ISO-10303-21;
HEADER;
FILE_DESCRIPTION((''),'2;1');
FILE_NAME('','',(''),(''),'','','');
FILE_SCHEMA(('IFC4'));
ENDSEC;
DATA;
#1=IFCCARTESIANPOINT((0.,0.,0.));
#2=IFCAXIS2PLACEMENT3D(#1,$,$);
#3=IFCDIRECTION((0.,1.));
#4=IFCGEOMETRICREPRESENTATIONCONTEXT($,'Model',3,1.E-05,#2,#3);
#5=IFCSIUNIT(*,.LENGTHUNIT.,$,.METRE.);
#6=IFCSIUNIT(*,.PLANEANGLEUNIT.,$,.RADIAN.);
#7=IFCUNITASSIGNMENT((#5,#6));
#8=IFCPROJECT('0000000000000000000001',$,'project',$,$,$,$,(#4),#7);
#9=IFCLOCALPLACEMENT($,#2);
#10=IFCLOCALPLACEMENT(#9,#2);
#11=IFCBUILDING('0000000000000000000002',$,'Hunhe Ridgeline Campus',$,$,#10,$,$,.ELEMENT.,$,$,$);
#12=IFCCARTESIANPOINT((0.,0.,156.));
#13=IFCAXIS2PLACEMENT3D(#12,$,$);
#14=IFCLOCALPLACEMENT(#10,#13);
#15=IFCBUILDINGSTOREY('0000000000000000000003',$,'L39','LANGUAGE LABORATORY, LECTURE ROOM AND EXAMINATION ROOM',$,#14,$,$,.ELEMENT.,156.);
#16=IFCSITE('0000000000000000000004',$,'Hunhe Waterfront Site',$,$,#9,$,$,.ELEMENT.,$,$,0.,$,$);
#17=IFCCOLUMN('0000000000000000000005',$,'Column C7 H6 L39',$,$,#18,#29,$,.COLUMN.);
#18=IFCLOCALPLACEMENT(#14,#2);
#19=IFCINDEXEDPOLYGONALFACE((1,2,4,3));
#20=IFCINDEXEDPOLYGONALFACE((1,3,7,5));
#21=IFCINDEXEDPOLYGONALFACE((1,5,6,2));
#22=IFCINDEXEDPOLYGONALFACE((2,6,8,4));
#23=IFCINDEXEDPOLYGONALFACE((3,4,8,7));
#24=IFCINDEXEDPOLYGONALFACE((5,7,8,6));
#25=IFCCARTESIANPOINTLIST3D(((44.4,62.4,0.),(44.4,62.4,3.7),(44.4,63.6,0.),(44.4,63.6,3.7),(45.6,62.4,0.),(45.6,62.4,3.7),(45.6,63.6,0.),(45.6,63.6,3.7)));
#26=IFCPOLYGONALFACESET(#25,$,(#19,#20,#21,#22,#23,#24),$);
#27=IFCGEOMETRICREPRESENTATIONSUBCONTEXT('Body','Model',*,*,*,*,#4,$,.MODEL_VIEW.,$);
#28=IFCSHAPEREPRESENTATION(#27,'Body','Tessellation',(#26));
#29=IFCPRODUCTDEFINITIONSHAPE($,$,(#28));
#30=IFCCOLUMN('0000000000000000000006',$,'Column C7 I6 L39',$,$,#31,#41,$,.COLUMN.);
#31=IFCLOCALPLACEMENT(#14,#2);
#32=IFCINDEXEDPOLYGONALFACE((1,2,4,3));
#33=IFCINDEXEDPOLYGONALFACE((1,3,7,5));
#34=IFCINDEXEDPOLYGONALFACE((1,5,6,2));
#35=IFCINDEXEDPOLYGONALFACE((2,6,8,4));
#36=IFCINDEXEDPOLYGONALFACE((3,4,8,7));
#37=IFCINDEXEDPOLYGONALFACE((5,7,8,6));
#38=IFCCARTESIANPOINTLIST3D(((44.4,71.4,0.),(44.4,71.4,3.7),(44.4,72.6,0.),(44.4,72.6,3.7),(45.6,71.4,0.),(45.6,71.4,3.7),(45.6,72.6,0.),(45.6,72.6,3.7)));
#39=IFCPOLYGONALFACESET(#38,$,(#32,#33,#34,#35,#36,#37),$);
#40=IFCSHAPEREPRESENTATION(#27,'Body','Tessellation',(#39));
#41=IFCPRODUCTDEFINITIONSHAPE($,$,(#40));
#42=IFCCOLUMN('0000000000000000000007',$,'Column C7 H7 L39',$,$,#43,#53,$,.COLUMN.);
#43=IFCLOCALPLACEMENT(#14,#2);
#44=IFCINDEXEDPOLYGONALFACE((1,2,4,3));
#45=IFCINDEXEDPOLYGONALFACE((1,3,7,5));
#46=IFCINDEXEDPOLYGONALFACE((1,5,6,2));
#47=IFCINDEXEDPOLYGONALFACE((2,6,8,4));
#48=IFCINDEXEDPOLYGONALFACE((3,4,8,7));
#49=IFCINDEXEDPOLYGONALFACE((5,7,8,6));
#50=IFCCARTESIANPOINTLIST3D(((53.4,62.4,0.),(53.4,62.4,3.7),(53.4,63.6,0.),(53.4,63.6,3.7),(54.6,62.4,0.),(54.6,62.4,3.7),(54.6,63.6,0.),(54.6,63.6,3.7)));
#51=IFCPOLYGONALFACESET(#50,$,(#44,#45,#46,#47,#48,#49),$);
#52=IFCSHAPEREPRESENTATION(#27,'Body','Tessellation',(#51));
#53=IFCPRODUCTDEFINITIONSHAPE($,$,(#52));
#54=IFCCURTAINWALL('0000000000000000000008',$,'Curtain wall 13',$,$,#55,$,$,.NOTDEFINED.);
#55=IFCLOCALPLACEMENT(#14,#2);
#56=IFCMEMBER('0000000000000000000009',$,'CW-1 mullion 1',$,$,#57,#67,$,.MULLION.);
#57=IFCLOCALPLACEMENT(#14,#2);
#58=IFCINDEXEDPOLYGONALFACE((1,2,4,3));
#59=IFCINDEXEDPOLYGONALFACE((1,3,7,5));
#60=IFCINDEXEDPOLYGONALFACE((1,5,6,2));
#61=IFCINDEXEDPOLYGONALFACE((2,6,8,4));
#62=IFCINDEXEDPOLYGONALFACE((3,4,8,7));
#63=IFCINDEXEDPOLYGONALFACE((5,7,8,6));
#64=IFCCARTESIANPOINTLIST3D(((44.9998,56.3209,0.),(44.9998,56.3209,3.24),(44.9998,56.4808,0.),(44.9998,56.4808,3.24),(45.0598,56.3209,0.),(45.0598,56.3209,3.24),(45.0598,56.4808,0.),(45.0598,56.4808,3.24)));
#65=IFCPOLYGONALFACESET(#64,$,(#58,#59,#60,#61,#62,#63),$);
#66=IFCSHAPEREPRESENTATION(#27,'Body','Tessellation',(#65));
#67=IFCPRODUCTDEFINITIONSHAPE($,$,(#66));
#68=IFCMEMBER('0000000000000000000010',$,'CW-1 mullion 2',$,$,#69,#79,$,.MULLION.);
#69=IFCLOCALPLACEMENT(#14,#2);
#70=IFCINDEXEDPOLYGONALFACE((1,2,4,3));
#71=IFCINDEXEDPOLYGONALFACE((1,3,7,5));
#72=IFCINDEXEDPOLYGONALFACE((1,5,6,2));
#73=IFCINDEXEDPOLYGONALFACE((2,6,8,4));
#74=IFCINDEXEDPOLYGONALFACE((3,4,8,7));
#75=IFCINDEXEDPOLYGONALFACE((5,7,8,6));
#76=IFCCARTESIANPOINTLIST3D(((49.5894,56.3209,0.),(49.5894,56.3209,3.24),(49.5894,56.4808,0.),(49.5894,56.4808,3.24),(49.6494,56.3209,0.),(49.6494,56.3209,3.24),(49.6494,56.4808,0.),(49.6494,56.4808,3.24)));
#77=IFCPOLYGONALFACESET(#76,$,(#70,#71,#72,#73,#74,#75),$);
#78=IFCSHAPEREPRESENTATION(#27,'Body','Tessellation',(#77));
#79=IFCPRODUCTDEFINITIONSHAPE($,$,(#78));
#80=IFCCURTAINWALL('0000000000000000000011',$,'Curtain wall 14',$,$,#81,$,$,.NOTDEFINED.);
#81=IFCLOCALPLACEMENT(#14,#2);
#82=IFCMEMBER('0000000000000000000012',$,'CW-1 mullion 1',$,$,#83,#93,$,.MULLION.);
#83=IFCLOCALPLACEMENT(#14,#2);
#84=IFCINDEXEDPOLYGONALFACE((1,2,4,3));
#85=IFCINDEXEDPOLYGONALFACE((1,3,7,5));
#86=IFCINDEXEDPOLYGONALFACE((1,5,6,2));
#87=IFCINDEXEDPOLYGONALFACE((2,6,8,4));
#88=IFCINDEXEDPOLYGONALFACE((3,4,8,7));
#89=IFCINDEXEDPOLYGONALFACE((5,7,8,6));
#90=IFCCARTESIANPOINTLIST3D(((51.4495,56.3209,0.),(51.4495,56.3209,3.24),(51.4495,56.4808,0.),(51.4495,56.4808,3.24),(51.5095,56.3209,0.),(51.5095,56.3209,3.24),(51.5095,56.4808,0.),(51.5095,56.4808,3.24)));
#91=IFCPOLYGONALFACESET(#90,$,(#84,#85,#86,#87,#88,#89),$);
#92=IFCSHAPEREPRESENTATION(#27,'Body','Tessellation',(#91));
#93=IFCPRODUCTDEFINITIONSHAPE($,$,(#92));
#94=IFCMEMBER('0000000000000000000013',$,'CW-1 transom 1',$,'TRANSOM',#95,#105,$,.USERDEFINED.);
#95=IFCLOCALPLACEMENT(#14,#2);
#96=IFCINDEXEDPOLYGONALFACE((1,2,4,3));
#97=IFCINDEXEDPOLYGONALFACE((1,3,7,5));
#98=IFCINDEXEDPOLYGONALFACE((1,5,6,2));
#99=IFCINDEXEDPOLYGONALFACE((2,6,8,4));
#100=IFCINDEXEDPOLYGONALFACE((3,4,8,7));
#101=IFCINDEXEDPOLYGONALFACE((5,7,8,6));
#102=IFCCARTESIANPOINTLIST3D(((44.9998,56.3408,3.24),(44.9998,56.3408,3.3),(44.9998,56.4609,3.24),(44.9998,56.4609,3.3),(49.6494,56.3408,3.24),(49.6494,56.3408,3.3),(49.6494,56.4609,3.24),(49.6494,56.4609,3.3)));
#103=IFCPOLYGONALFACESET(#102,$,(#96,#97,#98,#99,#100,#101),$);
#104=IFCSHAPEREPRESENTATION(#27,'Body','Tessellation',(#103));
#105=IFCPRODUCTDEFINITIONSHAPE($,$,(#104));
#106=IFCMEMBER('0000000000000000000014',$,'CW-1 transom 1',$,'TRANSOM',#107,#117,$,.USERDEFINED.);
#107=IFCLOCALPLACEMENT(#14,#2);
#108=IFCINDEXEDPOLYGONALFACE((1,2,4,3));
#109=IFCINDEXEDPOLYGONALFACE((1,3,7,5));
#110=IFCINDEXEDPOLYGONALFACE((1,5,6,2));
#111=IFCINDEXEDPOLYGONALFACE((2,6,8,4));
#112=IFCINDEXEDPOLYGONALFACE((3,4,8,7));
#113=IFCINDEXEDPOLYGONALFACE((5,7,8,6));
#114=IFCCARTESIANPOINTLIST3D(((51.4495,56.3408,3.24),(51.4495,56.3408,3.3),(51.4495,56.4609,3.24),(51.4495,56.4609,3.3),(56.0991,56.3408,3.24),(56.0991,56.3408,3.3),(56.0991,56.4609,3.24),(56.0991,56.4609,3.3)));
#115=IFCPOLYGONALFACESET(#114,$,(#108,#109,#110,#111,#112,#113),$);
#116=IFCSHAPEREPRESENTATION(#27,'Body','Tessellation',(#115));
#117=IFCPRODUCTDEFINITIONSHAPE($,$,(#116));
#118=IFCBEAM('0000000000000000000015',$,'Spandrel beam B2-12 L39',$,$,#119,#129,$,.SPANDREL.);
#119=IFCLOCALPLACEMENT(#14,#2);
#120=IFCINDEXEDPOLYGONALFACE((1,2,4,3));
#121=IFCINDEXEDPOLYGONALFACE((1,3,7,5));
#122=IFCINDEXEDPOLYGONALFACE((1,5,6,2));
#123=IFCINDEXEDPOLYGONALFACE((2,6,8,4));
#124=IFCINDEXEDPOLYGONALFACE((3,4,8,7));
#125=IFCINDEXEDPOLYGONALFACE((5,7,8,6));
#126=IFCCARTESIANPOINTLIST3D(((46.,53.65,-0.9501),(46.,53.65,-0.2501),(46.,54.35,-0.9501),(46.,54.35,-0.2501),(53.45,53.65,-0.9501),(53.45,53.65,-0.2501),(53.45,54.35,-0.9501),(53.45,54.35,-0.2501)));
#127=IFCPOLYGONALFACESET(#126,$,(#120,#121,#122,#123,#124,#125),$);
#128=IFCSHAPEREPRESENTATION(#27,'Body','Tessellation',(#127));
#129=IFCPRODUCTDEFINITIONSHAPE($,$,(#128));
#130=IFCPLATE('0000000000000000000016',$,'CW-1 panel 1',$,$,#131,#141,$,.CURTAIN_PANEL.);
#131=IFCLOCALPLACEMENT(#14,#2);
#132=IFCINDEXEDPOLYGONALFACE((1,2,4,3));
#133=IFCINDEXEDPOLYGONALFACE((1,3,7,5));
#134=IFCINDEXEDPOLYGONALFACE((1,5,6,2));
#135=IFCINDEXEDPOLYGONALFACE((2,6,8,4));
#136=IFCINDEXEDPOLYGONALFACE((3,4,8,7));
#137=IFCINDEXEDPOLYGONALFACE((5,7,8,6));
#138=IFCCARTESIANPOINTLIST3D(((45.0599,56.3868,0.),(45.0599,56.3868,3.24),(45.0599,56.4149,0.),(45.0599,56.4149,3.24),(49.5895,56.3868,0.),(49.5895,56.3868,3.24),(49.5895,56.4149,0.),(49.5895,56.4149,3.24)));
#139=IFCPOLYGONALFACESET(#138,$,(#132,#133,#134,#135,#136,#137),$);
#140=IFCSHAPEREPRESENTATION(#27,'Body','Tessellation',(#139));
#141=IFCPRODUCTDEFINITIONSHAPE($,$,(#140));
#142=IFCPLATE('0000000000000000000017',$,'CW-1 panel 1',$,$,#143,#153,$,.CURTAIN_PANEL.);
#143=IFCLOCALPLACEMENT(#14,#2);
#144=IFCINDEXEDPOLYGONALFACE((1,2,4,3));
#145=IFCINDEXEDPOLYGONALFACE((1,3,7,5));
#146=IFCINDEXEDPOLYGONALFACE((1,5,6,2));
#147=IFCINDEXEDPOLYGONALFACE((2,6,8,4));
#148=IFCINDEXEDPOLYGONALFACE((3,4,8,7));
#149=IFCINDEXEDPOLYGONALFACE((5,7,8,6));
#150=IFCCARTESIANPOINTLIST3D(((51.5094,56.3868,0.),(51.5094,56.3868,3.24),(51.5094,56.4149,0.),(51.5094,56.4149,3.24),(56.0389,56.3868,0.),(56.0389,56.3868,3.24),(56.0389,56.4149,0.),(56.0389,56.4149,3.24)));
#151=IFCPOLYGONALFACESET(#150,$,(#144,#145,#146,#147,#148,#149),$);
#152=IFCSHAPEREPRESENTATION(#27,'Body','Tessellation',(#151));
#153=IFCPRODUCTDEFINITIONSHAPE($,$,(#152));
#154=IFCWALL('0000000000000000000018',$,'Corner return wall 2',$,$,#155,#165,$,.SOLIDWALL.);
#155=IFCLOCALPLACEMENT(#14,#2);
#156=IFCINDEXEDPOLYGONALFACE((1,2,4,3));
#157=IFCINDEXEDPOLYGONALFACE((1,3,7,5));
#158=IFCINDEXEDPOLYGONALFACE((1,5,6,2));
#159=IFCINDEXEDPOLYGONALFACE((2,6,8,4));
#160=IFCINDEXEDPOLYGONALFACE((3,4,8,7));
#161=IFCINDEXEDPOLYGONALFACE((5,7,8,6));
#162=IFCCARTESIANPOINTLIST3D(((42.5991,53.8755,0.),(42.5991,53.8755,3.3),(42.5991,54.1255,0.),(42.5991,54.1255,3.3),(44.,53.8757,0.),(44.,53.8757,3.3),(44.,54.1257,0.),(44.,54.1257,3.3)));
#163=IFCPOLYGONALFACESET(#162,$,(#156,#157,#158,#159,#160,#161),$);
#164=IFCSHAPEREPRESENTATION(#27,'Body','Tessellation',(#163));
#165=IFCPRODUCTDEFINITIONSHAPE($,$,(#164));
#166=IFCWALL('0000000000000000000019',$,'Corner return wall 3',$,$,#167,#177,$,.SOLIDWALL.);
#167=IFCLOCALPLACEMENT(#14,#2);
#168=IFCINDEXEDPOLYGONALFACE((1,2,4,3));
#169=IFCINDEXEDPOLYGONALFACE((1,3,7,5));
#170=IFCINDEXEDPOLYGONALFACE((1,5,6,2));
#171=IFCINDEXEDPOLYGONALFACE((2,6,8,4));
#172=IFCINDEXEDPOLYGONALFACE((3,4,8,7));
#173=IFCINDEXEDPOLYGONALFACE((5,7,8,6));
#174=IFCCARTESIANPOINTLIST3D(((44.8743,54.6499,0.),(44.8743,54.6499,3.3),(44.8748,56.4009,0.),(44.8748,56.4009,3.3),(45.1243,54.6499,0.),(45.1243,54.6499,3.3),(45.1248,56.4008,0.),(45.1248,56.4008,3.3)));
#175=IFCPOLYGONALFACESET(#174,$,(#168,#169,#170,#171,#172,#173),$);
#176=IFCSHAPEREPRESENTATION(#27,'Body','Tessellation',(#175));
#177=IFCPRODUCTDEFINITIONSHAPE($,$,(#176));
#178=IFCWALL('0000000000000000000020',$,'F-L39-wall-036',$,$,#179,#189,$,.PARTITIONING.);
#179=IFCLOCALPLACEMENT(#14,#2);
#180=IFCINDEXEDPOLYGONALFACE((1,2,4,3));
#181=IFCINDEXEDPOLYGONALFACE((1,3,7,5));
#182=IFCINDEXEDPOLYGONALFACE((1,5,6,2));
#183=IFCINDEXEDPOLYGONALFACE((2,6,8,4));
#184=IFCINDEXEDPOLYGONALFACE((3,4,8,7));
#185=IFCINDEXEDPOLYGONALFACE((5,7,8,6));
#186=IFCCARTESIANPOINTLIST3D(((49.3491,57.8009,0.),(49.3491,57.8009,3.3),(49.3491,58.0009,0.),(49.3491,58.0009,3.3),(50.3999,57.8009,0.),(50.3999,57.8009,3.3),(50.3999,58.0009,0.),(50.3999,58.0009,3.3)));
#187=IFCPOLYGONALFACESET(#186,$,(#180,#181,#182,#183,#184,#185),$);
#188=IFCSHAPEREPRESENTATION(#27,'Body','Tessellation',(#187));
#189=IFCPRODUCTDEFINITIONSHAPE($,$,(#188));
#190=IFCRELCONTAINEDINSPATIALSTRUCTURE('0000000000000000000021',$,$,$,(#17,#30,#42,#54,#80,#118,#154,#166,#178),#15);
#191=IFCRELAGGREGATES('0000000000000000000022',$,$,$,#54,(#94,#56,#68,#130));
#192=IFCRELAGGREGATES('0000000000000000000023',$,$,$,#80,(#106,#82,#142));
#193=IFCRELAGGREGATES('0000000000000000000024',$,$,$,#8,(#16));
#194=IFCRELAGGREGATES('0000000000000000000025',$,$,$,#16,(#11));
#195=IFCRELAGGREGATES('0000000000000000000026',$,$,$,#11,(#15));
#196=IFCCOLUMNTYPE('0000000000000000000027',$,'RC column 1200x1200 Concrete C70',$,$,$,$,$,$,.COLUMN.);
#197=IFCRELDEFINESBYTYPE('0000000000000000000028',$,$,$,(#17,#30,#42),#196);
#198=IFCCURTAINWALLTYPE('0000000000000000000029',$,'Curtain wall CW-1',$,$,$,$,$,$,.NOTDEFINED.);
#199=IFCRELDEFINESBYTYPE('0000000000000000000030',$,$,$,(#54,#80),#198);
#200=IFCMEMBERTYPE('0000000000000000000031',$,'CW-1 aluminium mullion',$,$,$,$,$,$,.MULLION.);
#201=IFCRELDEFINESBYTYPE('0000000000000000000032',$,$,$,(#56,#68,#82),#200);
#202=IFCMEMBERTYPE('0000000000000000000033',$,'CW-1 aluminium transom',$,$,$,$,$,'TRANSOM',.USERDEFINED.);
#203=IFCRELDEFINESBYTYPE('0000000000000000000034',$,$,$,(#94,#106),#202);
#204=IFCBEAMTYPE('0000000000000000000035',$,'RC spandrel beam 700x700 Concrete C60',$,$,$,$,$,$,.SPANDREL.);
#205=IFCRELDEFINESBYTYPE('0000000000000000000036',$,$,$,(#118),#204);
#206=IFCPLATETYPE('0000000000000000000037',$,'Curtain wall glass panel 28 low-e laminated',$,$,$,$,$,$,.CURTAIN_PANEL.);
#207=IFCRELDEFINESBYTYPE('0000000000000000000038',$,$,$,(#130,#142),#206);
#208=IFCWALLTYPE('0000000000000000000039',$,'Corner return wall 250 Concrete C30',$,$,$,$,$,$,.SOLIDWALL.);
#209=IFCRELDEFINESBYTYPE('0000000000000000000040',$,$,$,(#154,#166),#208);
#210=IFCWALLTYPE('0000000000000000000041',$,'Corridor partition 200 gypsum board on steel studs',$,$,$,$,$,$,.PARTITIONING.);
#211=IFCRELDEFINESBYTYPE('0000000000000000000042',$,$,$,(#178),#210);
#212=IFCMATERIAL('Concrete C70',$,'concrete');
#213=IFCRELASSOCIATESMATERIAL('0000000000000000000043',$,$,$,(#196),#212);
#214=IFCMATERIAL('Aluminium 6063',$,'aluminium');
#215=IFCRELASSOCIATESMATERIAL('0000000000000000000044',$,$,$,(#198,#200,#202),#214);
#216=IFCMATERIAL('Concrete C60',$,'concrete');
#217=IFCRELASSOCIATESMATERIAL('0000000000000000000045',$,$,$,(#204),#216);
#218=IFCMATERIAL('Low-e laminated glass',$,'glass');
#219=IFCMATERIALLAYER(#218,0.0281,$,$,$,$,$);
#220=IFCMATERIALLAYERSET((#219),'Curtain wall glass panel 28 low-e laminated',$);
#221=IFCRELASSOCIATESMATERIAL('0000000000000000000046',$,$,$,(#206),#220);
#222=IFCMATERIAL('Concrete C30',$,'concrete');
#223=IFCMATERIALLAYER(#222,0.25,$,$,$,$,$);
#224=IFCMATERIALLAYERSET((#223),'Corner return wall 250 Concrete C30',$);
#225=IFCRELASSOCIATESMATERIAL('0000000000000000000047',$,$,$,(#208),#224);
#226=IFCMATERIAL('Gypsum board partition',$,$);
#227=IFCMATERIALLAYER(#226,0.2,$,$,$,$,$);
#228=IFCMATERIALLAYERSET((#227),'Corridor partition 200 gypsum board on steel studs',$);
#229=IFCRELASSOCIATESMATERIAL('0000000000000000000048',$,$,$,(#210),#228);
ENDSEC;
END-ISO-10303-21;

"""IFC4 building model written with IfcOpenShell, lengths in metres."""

from ifc_helpers import new_model, si_unit, direction, frame, frame_2d, origin, origin_2d, place, context, subcontext, project, spatial, rectangle, extrude, material, layer, layer_set, material_profile, profile_set, type_object, element, aggregate, save


model = new_model("IFC4")

# Units and contexts
model_context = context("Model", 3, precision=1e-05, world=origin(), true_north=direction((0.0, 1.0)))
body_context = subcontext(model_context, "Body", "Model", "MODEL_VIEW")
ifc_project = project(units=[si_unit("LENGTHUNIT", "METRE"), si_unit("PLANEANGLEUNIT", "RADIAN")], contexts=[model_context])

# Site, building, storey
site_placement = place(None, origin())
site = spatial("IfcSite", under=ifc_project, at=site_placement, Name="Hunhe Waterfront Site", CompositionType="ELEMENT", RefElevation=0.0)
building_placement = place(site_placement, origin())
building = spatial("IfcBuilding", under=site, at=building_placement, Name="Hunhe Ridgeline Campus", CompositionType="ELEMENT")
storey_placement = place(building_placement, frame((0.0, 0.0, 156.0)))
storey = spatial("IfcBuildingStorey", under=building, at=storey_placement, Name="L39", Description="LANGUAGE LABORATORY, LECTURE ROOM AND EXAMINATION ROOM", CompositionType="ELEMENT", Elevation=156.0)

# Columns
ifc_material_1 = material(Name="Concrete C70", Category="concrete")
ifc_material_profile_1 = material_profile(ifc_material_1, rectangle(XDim=1.2, YDim=1.2, at=origin_2d()))
ifc_profile_set_1 = profile_set([ifc_material_profile_1], Name="Concrete C70")
column_type = type_object("IfcColumnType", Name="RC column 1200x1200 Concrete C70", PredefinedType="COLUMN", material=ifc_profile_set_1)
for number, where, z_axis, x_axis, name in (
    (1, (45.0, 63.0, 0.0), (0.0, 0.0, 1.0), (1.0, 0.0, 0.0), "Column C7 H6 L39"),
    (2, (45.0, 72.0, 0.0), (0.0, 0.0, 1.0), (1.0, 0.0, 0.0), "Column C7 I6 L39"),
    (3, (54.0, 63.0, 0.0), (0.0, 0.0, 1.0), (1.0, 0.0, 0.0), "Column C7 H7 L39"),
):
    element("IfcColumn", number, at=place(storey_placement, frame(where, z_axis=z_axis, x_axis=x_axis)), inside=storey, type_object=column_type, Name=name, PredefinedType="COLUMN", context=body_context, shape_type="SweptSolid", body=[
        extrude(rectangle(XDim=1.2, YDim=1.2, at=origin_2d()), origin(), (0.0, 0.0, 1.0), 3.7),
    ])

# Curtain wall, members
ifc_material_2 = material(Name="Aluminium 6063", Category="aluminium")
curtain_wall_type = type_object("IfcCurtainWallType", Name="Curtain wall CW-1", PredefinedType="NOTDEFINED", material=ifc_material_2)
curtain_wall_1_placement = place(storey_placement, origin())
curtain_wall_1 = element("IfcCurtainWall", 4, at=curtain_wall_1_placement, inside=storey, type_object=curtain_wall_type, Name="Curtain wall 13", PredefinedType="NOTDEFINED")
ifc_material_profile_2 = material_profile(ifc_material_2, rectangle(XDim=0.1599, YDim=0.0601, at=origin_2d()))
ifc_profile_set_2 = profile_set([ifc_material_profile_2], Name="Aluminium 6063")
member_type_1 = type_object("IfcMemberType", Name="CW-1 aluminium mullion", PredefinedType="MULLION", material=ifc_profile_set_2)
member_1_placement = place(storey_placement, frame((45.0298, 56.4009, 0.0), z_axis=(0.0, 0.0, 1.0), x_axis=(-0.000002, 1.0, 0.0)))
member_1 = element("IfcMember", 5, at=member_1_placement, type_object=member_type_1, Name="CW-1 mullion 1", PredefinedType="MULLION", context=body_context, shape_type="SweptSolid", body=[
    extrude(rectangle(XDim=0.1599, YDim=0.0601, at=origin_2d()), origin(), (0.0, 0.0, 1.0), 3.24),
])
member_2_placement = place(storey_placement, frame((49.6194, 56.4009, 0.0), z_axis=(0.0, 0.0, 1.0), x_axis=(-0.000002, 1.0, 0.0)))
member_2 = element("IfcMember", 6, at=member_2_placement, type_object=member_type_1, Name="CW-1 mullion 2", PredefinedType="MULLION", context=body_context, shape_type="SweptSolid", body=[
    extrude(rectangle(XDim=0.1599, YDim=0.0601, at=origin_2d()), origin(), (0.0, 0.0, 1.0), 3.24),
])

# Curtain wall, member
curtain_wall_2_placement = place(storey_placement, origin())
curtain_wall_2 = element("IfcCurtainWall", 7, at=curtain_wall_2_placement, inside=storey, type_object=curtain_wall_type, Name="Curtain wall 14", PredefinedType="NOTDEFINED")
member_3_placement = place(storey_placement, frame((51.4795, 56.4009, 0.0), z_axis=(0.0, 0.0, 1.0), x_axis=(-0.000002, 1.0, 0.0)))
member_3 = element("IfcMember", 8, at=member_3_placement, type_object=member_type_1, Name="CW-1 mullion 1", PredefinedType="MULLION", context=body_context, shape_type="SweptSolid", body=[
    extrude(rectangle(XDim=0.1599, YDim=0.0601, at=origin_2d()), origin(), (0.0, 0.0, 1.0), 3.24),
])

# Members
ifc_material_profile_3 = material_profile(ifc_material_2, rectangle(XDim=0.1201, YDim=0.0601, at=origin_2d()))
ifc_profile_set_3 = profile_set([ifc_material_profile_3], Name="Aluminium 6063")
member_type_2 = type_object("IfcMemberType", Name="CW-1 aluminium transom", ElementType="TRANSOM", PredefinedType="USERDEFINED", material=ifc_profile_set_3)
member_4_placement = place(storey_placement, frame((44.9998, 56.4009, 3.27), z_axis=(1.0, 0.0, 0.0), x_axis=(0.0, 1.0, 0.0)))
member_4 = element("IfcMember", 9, at=member_4_placement, type_object=member_type_2, Name="CW-1 transom 1", ObjectType="TRANSOM", PredefinedType="USERDEFINED", context=body_context, shape_type="SweptSolid", body=[
    extrude(rectangle(XDim=0.1201, YDim=0.0601, at=origin_2d()), origin(), (0.0, 0.0, 1.0), 4.6497),
])
member_5_placement = place(storey_placement, frame((51.4495, 56.4009, 3.27), z_axis=(1.0, 0.0, 0.0), x_axis=(0.0, 1.0, 0.0)))
member_5 = element("IfcMember", 10, at=member_5_placement, type_object=member_type_2, Name="CW-1 transom 1", ObjectType="TRANSOM", PredefinedType="USERDEFINED", context=body_context, shape_type="SweptSolid", body=[
    extrude(rectangle(XDim=0.1201, YDim=0.0601, at=origin_2d()), origin(), (0.0, 0.0, 1.0), 4.6497),
])

# Beam
ifc_material_3 = material(Name="Concrete C60", Category="concrete")
ifc_material_profile_4 = material_profile(ifc_material_3, rectangle(XDim=0.7, YDim=0.7, at=origin_2d()))
ifc_profile_set_4 = profile_set([ifc_material_profile_4], Name="Concrete C60")
beam_type = type_object("IfcBeamType", Name="RC spandrel beam 700x700 Concrete C60", PredefinedType="SPANDREL", material=ifc_profile_set_4)
beam_placement = place(storey_placement, frame((46.0, 54.0, -0.6001), z_axis=(1.0, 0.0, 0.0), x_axis=(0.0, 1.0, 0.0)))
element("IfcBeam", 11, at=beam_placement, inside=storey, type_object=beam_type, Name="Spandrel beam B2-12 L39", PredefinedType="SPANDREL", context=body_context, shape_type="SweptSolid", body=[
    extrude(rectangle(XDim=0.7, YDim=0.7, at=origin_2d()), origin(), (0.0, 0.0, 1.0), 7.45),
])

# Plates
ifc_material_4 = material(Name="Low-e laminated glass", Category="glass")
ifc_layer_1 = layer(ifc_material_4, 0.0281)
ifc_layer_set_1 = layer_set([ifc_layer_1], Name="Curtain wall glass panel 28 low-e laminated")
plate_type = type_object("IfcPlateType", Name="Curtain wall glass panel 28 low-e laminated", PredefinedType="CURTAIN_PANEL", material=ifc_layer_set_1)
plate_1_placement = place(storey_placement, frame((47.3247, 56.4009, 0.0), z_axis=(0.0, 0.0, 1.0), x_axis=(1.0, 0.000002, 0.0)))
plate_1 = element("IfcPlate", 12, at=plate_1_placement, type_object=plate_type, Name="CW-1 panel 1", PredefinedType="CURTAIN_PANEL", context=body_context, shape_type="SweptSolid", body=[
    extrude(rectangle(XDim=4.5295, YDim=0.0281, at=origin_2d()), origin(), (0.0, 0.0, 1.0), 3.24),
])
aggregate(curtain_wall_1, [member_4, member_1, member_2, plate_1])
plate_2_placement = place(storey_placement, frame((53.7742, 56.4009, 0.0), z_axis=(0.0, 0.0, 1.0), x_axis=(1.0, 0.000002, 0.0)))
plate_2 = element("IfcPlate", 13, at=plate_2_placement, type_object=plate_type, Name="CW-1 panel 1", PredefinedType="CURTAIN_PANEL", context=body_context, shape_type="SweptSolid", body=[
    extrude(rectangle(XDim=4.5295, YDim=0.0281, at=origin_2d()), origin(), (0.0, 0.0, 1.0), 3.24),
])
aggregate(curtain_wall_2, [member_5, member_3, plate_2])

# Walls
ifc_material_5 = material(Name="Concrete C30", Category="concrete")
ifc_layer_2 = layer(ifc_material_5, 0.25)
ifc_layer_set_2 = layer_set([ifc_layer_2], Name="Corner return wall 250 Concrete C30")
wall_type_1 = type_object("IfcWallType", Name="Corner return wall 250 Concrete C30", PredefinedType="SOLIDWALL", material=ifc_layer_set_2)
wall_1_placement = place(storey_placement, frame((42.5991, 54.0005, 0.0), z_axis=(0.0, 0.0, 1.0), x_axis=(1.0, 0.000174, 0.0)))
element("IfcWall", 14, at=wall_1_placement, inside=storey, type_object=wall_type_1, Name="Corner return wall 2", PredefinedType="SOLIDWALL", context=body_context, shape_type="SweptSolid", body=[
    extrude(rectangle(XDim=1.4009, YDim=0.25, at=frame_2d((0.7004, 0.0))), origin(), (0.0, 0.0, 1.0), 3.3),
])
wall_2_placement = place(storey_placement, frame((44.9993, 54.6499, 0.0), z_axis=(0.0, 0.0, 1.0), x_axis=(0.000279, 1.0, 0.0)))
element("IfcWall", 15, at=wall_2_placement, inside=storey, type_object=wall_type_1, Name="Corner return wall 3", PredefinedType="SOLIDWALL", context=body_context, shape_type="SweptSolid", body=[
    extrude(rectangle(XDim=1.751, YDim=0.25, at=frame_2d((0.8755, 0.0))), origin(), (0.0, 0.0, 1.0), 3.3),
])
ifc_material_6 = material(Name="Gypsum board partition")
ifc_layer_3 = layer(ifc_material_6, 0.2)
ifc_layer_set_3 = layer_set([ifc_layer_3], Name="Corridor partition 200 gypsum board on steel studs")
wall_type_2 = type_object("IfcWallType", Name="Corridor partition 200 gypsum board on steel studs", PredefinedType="PARTITIONING", material=ifc_layer_set_3)
wall_3_placement = place(storey_placement, frame((49.3491, 57.9009, 0.0), z_axis=(0.0, 0.0, 1.0), x_axis=(1.0, 0.0, 0.0)))
element("IfcWall", 16, at=wall_3_placement, inside=storey, type_object=wall_type_2, Name="F-L39-wall-036", PredefinedType="PARTITIONING", context=body_context, shape_type="SweptSolid", body=[
    extrude(rectangle(XDim=1.0508, YDim=0.2, at=frame_2d((0.5254, 0.0))), origin(), (0.0, 0.0, 1.0), 3.3),
])

save(model, "model.ifc")
